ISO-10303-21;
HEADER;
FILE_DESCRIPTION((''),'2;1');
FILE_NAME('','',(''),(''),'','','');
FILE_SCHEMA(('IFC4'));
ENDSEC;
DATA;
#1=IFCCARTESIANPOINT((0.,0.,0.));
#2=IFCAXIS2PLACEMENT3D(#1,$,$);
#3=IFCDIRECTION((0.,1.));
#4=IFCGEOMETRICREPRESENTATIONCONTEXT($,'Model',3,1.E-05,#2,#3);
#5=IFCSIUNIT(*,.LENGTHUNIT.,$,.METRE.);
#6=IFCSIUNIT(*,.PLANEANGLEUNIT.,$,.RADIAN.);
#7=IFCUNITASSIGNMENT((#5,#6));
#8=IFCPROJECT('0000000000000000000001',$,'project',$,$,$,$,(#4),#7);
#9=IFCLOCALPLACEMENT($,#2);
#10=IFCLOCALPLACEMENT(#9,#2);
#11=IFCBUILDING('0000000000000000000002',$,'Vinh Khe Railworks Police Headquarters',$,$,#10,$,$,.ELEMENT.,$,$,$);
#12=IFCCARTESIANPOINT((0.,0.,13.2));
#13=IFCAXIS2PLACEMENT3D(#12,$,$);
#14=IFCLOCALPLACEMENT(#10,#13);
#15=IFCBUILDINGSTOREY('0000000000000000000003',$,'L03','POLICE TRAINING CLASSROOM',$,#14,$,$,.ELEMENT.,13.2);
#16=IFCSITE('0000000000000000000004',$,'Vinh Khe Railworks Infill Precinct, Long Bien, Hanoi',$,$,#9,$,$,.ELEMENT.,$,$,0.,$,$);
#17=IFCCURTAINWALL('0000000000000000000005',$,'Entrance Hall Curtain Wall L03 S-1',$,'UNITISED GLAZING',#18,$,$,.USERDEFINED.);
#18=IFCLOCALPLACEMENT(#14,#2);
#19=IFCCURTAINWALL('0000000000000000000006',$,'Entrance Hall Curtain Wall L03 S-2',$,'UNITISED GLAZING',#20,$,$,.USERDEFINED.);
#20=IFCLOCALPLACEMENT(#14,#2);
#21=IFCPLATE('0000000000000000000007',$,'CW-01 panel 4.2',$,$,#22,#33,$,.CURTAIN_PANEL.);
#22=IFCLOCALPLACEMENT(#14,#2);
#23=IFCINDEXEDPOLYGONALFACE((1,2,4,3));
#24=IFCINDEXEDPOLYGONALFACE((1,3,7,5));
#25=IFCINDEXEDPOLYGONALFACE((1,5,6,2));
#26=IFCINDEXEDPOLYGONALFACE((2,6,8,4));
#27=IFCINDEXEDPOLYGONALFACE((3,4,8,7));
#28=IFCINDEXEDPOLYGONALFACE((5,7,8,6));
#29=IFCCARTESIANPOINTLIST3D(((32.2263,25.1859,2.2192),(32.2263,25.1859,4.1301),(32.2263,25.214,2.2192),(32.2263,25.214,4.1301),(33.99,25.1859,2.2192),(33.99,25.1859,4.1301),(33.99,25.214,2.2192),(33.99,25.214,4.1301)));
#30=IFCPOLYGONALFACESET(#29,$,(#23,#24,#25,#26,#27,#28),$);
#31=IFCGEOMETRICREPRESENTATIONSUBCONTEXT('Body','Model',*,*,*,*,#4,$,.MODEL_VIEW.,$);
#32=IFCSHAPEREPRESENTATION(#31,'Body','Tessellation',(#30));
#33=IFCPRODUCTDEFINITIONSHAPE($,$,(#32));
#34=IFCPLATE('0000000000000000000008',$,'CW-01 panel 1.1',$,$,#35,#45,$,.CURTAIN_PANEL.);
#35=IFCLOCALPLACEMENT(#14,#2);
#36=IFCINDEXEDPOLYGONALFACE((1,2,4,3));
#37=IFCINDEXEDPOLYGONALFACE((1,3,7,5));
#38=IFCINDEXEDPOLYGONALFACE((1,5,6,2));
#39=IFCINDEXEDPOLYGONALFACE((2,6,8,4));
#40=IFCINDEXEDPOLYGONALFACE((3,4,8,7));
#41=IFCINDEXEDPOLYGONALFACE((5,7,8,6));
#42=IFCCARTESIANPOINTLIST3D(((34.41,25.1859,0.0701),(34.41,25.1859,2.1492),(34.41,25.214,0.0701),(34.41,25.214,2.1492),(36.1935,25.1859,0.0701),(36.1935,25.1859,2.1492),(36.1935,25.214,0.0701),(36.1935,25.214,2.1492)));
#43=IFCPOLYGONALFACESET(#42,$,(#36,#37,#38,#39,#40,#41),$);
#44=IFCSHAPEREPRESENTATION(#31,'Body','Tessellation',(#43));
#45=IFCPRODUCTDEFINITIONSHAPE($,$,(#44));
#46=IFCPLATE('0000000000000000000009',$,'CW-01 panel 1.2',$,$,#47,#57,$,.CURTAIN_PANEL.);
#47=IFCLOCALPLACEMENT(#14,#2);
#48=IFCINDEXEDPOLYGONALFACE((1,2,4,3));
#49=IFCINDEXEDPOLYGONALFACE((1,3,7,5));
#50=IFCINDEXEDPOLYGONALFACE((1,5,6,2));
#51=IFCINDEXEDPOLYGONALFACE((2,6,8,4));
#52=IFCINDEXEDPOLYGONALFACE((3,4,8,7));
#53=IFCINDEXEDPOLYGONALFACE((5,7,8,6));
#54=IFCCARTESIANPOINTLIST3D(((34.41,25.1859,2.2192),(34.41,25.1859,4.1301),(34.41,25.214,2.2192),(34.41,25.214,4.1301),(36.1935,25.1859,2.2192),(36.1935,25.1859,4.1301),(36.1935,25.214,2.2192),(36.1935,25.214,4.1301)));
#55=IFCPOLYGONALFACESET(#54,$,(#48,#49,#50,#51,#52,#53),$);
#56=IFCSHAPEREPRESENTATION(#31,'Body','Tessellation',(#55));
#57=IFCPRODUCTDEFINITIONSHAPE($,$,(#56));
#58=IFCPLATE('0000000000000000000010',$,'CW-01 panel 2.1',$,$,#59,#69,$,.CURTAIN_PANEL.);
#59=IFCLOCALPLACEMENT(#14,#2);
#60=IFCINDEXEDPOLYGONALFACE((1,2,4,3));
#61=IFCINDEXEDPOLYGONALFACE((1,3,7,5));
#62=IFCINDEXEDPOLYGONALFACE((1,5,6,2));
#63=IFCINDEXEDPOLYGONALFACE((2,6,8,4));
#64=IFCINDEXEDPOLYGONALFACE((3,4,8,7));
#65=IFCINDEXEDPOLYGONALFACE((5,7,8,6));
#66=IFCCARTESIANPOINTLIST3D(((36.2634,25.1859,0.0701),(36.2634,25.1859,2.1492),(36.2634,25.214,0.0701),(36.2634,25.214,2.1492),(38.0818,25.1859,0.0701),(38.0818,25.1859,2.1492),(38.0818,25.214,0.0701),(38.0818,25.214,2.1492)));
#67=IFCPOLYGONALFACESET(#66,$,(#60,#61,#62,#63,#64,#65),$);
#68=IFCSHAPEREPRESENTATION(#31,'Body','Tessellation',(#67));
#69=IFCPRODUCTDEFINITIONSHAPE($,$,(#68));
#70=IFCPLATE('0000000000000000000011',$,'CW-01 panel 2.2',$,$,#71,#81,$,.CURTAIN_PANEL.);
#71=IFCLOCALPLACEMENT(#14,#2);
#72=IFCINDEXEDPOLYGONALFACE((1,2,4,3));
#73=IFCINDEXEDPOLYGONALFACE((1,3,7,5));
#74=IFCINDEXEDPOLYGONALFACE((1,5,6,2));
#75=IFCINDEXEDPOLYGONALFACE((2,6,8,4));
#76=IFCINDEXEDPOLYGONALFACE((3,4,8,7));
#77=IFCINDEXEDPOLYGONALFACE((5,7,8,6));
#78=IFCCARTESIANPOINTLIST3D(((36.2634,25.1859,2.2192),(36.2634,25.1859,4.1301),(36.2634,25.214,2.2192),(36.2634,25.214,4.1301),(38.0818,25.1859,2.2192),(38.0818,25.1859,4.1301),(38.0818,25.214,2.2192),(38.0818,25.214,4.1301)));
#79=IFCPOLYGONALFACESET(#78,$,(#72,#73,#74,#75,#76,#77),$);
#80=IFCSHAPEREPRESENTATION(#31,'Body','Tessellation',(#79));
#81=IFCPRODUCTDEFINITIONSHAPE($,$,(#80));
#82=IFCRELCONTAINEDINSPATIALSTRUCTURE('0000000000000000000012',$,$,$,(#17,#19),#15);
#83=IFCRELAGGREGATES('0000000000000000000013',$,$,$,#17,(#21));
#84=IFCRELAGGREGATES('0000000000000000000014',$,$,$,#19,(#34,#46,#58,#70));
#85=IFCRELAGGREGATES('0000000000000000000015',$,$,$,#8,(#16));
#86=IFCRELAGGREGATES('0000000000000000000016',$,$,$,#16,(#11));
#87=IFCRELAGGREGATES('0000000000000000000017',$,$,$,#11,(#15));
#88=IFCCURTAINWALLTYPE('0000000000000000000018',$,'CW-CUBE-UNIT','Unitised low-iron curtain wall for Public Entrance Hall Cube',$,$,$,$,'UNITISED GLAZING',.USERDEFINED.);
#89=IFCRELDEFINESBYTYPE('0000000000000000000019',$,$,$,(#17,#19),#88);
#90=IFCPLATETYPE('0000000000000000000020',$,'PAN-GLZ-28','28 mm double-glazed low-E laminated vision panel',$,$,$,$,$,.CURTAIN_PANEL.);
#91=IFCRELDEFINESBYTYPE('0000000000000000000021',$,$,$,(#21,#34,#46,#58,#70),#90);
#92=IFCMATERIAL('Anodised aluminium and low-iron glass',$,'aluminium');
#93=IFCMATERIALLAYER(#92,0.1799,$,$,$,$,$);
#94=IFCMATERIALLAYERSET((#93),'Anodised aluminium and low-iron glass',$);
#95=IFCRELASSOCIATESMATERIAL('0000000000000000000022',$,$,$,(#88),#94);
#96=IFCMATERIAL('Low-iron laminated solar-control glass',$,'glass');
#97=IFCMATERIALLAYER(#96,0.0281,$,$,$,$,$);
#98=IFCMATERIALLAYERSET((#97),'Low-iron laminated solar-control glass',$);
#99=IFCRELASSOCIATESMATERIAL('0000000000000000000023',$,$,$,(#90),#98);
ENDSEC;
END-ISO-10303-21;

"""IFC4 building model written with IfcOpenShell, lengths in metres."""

from ifc_helpers import new_model, si_unit, direction, frame, origin, origin_2d, place, context, subcontext, project, spatial, rectangle, extrude, material, layer, layer_set, type_object, element, aggregate, save


model = new_model("IFC4")

# Units and contexts
model_context = context("Model", 3, precision=1e-05, world=origin(), true_north=direction((0.0, 1.0)))
body_context = subcontext(model_context, "Body", "Model", "MODEL_VIEW")
ifc_project = project(units=[si_unit("LENGTHUNIT", "METRE"), si_unit("PLANEANGLEUNIT", "RADIAN")], contexts=[model_context])

# Site, building, storey
site_placement = place(None, origin())
site = spatial("IfcSite", under=ifc_project, at=site_placement, Name="Vinh Khe Railworks Infill Precinct, Long Bien, Hanoi", CompositionType="ELEMENT", RefElevation=0.0)
building_placement = place(site_placement, origin())
building = spatial("IfcBuilding", under=site, at=building_placement, Name="Vinh Khe Railworks Police Headquarters", CompositionType="ELEMENT")
storey_placement = place(building_placement, frame((0.0, 0.0, 13.2)))
storey = spatial("IfcBuildingStorey", under=building, at=storey_placement, Name="L03", Description="POLICE TRAINING CLASSROOM", CompositionType="ELEMENT", Elevation=13.2)

# Curtain wall
ifc_material_1 = material(Name="Anodised aluminium and low-iron glass", Category="aluminium")
ifc_layer_1 = layer(ifc_material_1, 0.1799)
ifc_layer_set_1 = layer_set([ifc_layer_1], Name="Anodised aluminium and low-iron glass")
curtain_wall_type = type_object("IfcCurtainWallType", Name="CW-CUBE-UNIT", Description="Unitised low-iron curtain wall for Public Entrance Hall Cube", ElementType="UNITISED GLAZING", PredefinedType="USERDEFINED", material=ifc_layer_set_1)
curtain_wall_1_placement = place(storey_placement, origin())
curtain_wall_1 = element("IfcCurtainWall", 1, at=curtain_wall_1_placement, inside=storey, type_object=curtain_wall_type, Name="Entrance Hall Curtain Wall L03 S-1", ObjectType="UNITISED GLAZING", PredefinedType="USERDEFINED")

# Curtain wall
curtain_wall_2_placement = place(storey_placement, origin())
curtain_wall_2 = element("IfcCurtainWall", 2, at=curtain_wall_2_placement, inside=storey, type_object=curtain_wall_type, Name="Entrance Hall Curtain Wall L03 S-2", ObjectType="UNITISED GLAZING", PredefinedType="USERDEFINED")

# Plates
ifc_material_2 = material(Name="Low-iron laminated solar-control glass", Category="glass")
ifc_layer_2 = layer(ifc_material_2, 0.0281)
ifc_layer_set_2 = layer_set([ifc_layer_2], Name="Low-iron laminated solar-control glass")
plate_type = type_object("IfcPlateType", Name="PAN-GLZ-28", Description="28 mm double-glazed low-E laminated vision panel", PredefinedType="CURTAIN_PANEL", material=ifc_layer_set_2)
plate_1_placement = place(storey_placement, frame((33.1082, 25.2, 2.2192), z_axis=(0.0, 0.0, 1.0), x_axis=(1.0, 0.0, 0.0)))
plate_1 = element("IfcPlate", 3, at=plate_1_placement, type_object=plate_type, Name="CW-01 panel 4.2", PredefinedType="CURTAIN_PANEL", context=body_context, shape_type="SweptSolid", body=[
    extrude(rectangle(XDim=1.7637, YDim=0.0281, at=origin_2d()), origin(), (0.0, 0.0, 1.0), 1.9109),
])
aggregate(curtain_wall_1, [plate_1])
plate_2_placement = place(storey_placement, frame((35.3018, 25.2, 0.0701), z_axis=(0.0, 0.0, 1.0), x_axis=(1.0, 0.0, 0.0)))
plate_2 = element("IfcPlate", 4, at=plate_2_placement, type_object=plate_type, Name="CW-01 panel 1.1", PredefinedType="CURTAIN_PANEL", context=body_context, shape_type="SweptSolid", body=[
    extrude(rectangle(XDim=1.7834, YDim=0.0281, at=origin_2d()), origin(), (0.0, 0.0, 1.0), 2.0791),
])
plate_3_placement = place(storey_placement, frame((35.3018, 25.2, 2.2192), z_axis=(0.0, 0.0, 1.0), x_axis=(1.0, 0.0, 0.0)))
plate_3 = element("IfcPlate", 5, at=plate_3_placement, type_object=plate_type, Name="CW-01 panel 1.2", PredefinedType="CURTAIN_PANEL", context=body_context, shape_type="SweptSolid", body=[
    extrude(rectangle(XDim=1.7834, YDim=0.0281, at=origin_2d()), origin(), (0.0, 0.0, 1.0), 1.9109),
])
plate_4_placement = place(storey_placement, frame((37.1726, 25.2, 0.0701), z_axis=(0.0, 0.0, 1.0), x_axis=(1.0, 0.0, 0.0)))
plate_4 = element("IfcPlate", 6, at=plate_4_placement, type_object=plate_type, Name="CW-01 panel 2.1", PredefinedType="CURTAIN_PANEL", context=body_context, shape_type="SweptSolid", body=[
    extrude(rectangle(XDim=1.8184, YDim=0.0281, at=origin_2d()), origin(), (0.0, 0.0, 1.0), 2.0791),
])
plate_5_placement = place(storey_placement, frame((37.1726, 25.2, 2.2192), z_axis=(0.0, 0.0, 1.0), x_axis=(1.0, 0.0, 0.0)))
plate_5 = element("IfcPlate", 7, at=plate_5_placement, type_object=plate_type, Name="CW-01 panel 2.2", PredefinedType="CURTAIN_PANEL", context=body_context, shape_type="SweptSolid", body=[
    extrude(rectangle(XDim=1.8184, YDim=0.0281, at=origin_2d()), origin(), (0.0, 0.0, 1.0), 1.9109),
])
aggregate(curtain_wall_2, [plate_2, plate_3, plate_4, plate_5])

save(model, "model.ifc")
